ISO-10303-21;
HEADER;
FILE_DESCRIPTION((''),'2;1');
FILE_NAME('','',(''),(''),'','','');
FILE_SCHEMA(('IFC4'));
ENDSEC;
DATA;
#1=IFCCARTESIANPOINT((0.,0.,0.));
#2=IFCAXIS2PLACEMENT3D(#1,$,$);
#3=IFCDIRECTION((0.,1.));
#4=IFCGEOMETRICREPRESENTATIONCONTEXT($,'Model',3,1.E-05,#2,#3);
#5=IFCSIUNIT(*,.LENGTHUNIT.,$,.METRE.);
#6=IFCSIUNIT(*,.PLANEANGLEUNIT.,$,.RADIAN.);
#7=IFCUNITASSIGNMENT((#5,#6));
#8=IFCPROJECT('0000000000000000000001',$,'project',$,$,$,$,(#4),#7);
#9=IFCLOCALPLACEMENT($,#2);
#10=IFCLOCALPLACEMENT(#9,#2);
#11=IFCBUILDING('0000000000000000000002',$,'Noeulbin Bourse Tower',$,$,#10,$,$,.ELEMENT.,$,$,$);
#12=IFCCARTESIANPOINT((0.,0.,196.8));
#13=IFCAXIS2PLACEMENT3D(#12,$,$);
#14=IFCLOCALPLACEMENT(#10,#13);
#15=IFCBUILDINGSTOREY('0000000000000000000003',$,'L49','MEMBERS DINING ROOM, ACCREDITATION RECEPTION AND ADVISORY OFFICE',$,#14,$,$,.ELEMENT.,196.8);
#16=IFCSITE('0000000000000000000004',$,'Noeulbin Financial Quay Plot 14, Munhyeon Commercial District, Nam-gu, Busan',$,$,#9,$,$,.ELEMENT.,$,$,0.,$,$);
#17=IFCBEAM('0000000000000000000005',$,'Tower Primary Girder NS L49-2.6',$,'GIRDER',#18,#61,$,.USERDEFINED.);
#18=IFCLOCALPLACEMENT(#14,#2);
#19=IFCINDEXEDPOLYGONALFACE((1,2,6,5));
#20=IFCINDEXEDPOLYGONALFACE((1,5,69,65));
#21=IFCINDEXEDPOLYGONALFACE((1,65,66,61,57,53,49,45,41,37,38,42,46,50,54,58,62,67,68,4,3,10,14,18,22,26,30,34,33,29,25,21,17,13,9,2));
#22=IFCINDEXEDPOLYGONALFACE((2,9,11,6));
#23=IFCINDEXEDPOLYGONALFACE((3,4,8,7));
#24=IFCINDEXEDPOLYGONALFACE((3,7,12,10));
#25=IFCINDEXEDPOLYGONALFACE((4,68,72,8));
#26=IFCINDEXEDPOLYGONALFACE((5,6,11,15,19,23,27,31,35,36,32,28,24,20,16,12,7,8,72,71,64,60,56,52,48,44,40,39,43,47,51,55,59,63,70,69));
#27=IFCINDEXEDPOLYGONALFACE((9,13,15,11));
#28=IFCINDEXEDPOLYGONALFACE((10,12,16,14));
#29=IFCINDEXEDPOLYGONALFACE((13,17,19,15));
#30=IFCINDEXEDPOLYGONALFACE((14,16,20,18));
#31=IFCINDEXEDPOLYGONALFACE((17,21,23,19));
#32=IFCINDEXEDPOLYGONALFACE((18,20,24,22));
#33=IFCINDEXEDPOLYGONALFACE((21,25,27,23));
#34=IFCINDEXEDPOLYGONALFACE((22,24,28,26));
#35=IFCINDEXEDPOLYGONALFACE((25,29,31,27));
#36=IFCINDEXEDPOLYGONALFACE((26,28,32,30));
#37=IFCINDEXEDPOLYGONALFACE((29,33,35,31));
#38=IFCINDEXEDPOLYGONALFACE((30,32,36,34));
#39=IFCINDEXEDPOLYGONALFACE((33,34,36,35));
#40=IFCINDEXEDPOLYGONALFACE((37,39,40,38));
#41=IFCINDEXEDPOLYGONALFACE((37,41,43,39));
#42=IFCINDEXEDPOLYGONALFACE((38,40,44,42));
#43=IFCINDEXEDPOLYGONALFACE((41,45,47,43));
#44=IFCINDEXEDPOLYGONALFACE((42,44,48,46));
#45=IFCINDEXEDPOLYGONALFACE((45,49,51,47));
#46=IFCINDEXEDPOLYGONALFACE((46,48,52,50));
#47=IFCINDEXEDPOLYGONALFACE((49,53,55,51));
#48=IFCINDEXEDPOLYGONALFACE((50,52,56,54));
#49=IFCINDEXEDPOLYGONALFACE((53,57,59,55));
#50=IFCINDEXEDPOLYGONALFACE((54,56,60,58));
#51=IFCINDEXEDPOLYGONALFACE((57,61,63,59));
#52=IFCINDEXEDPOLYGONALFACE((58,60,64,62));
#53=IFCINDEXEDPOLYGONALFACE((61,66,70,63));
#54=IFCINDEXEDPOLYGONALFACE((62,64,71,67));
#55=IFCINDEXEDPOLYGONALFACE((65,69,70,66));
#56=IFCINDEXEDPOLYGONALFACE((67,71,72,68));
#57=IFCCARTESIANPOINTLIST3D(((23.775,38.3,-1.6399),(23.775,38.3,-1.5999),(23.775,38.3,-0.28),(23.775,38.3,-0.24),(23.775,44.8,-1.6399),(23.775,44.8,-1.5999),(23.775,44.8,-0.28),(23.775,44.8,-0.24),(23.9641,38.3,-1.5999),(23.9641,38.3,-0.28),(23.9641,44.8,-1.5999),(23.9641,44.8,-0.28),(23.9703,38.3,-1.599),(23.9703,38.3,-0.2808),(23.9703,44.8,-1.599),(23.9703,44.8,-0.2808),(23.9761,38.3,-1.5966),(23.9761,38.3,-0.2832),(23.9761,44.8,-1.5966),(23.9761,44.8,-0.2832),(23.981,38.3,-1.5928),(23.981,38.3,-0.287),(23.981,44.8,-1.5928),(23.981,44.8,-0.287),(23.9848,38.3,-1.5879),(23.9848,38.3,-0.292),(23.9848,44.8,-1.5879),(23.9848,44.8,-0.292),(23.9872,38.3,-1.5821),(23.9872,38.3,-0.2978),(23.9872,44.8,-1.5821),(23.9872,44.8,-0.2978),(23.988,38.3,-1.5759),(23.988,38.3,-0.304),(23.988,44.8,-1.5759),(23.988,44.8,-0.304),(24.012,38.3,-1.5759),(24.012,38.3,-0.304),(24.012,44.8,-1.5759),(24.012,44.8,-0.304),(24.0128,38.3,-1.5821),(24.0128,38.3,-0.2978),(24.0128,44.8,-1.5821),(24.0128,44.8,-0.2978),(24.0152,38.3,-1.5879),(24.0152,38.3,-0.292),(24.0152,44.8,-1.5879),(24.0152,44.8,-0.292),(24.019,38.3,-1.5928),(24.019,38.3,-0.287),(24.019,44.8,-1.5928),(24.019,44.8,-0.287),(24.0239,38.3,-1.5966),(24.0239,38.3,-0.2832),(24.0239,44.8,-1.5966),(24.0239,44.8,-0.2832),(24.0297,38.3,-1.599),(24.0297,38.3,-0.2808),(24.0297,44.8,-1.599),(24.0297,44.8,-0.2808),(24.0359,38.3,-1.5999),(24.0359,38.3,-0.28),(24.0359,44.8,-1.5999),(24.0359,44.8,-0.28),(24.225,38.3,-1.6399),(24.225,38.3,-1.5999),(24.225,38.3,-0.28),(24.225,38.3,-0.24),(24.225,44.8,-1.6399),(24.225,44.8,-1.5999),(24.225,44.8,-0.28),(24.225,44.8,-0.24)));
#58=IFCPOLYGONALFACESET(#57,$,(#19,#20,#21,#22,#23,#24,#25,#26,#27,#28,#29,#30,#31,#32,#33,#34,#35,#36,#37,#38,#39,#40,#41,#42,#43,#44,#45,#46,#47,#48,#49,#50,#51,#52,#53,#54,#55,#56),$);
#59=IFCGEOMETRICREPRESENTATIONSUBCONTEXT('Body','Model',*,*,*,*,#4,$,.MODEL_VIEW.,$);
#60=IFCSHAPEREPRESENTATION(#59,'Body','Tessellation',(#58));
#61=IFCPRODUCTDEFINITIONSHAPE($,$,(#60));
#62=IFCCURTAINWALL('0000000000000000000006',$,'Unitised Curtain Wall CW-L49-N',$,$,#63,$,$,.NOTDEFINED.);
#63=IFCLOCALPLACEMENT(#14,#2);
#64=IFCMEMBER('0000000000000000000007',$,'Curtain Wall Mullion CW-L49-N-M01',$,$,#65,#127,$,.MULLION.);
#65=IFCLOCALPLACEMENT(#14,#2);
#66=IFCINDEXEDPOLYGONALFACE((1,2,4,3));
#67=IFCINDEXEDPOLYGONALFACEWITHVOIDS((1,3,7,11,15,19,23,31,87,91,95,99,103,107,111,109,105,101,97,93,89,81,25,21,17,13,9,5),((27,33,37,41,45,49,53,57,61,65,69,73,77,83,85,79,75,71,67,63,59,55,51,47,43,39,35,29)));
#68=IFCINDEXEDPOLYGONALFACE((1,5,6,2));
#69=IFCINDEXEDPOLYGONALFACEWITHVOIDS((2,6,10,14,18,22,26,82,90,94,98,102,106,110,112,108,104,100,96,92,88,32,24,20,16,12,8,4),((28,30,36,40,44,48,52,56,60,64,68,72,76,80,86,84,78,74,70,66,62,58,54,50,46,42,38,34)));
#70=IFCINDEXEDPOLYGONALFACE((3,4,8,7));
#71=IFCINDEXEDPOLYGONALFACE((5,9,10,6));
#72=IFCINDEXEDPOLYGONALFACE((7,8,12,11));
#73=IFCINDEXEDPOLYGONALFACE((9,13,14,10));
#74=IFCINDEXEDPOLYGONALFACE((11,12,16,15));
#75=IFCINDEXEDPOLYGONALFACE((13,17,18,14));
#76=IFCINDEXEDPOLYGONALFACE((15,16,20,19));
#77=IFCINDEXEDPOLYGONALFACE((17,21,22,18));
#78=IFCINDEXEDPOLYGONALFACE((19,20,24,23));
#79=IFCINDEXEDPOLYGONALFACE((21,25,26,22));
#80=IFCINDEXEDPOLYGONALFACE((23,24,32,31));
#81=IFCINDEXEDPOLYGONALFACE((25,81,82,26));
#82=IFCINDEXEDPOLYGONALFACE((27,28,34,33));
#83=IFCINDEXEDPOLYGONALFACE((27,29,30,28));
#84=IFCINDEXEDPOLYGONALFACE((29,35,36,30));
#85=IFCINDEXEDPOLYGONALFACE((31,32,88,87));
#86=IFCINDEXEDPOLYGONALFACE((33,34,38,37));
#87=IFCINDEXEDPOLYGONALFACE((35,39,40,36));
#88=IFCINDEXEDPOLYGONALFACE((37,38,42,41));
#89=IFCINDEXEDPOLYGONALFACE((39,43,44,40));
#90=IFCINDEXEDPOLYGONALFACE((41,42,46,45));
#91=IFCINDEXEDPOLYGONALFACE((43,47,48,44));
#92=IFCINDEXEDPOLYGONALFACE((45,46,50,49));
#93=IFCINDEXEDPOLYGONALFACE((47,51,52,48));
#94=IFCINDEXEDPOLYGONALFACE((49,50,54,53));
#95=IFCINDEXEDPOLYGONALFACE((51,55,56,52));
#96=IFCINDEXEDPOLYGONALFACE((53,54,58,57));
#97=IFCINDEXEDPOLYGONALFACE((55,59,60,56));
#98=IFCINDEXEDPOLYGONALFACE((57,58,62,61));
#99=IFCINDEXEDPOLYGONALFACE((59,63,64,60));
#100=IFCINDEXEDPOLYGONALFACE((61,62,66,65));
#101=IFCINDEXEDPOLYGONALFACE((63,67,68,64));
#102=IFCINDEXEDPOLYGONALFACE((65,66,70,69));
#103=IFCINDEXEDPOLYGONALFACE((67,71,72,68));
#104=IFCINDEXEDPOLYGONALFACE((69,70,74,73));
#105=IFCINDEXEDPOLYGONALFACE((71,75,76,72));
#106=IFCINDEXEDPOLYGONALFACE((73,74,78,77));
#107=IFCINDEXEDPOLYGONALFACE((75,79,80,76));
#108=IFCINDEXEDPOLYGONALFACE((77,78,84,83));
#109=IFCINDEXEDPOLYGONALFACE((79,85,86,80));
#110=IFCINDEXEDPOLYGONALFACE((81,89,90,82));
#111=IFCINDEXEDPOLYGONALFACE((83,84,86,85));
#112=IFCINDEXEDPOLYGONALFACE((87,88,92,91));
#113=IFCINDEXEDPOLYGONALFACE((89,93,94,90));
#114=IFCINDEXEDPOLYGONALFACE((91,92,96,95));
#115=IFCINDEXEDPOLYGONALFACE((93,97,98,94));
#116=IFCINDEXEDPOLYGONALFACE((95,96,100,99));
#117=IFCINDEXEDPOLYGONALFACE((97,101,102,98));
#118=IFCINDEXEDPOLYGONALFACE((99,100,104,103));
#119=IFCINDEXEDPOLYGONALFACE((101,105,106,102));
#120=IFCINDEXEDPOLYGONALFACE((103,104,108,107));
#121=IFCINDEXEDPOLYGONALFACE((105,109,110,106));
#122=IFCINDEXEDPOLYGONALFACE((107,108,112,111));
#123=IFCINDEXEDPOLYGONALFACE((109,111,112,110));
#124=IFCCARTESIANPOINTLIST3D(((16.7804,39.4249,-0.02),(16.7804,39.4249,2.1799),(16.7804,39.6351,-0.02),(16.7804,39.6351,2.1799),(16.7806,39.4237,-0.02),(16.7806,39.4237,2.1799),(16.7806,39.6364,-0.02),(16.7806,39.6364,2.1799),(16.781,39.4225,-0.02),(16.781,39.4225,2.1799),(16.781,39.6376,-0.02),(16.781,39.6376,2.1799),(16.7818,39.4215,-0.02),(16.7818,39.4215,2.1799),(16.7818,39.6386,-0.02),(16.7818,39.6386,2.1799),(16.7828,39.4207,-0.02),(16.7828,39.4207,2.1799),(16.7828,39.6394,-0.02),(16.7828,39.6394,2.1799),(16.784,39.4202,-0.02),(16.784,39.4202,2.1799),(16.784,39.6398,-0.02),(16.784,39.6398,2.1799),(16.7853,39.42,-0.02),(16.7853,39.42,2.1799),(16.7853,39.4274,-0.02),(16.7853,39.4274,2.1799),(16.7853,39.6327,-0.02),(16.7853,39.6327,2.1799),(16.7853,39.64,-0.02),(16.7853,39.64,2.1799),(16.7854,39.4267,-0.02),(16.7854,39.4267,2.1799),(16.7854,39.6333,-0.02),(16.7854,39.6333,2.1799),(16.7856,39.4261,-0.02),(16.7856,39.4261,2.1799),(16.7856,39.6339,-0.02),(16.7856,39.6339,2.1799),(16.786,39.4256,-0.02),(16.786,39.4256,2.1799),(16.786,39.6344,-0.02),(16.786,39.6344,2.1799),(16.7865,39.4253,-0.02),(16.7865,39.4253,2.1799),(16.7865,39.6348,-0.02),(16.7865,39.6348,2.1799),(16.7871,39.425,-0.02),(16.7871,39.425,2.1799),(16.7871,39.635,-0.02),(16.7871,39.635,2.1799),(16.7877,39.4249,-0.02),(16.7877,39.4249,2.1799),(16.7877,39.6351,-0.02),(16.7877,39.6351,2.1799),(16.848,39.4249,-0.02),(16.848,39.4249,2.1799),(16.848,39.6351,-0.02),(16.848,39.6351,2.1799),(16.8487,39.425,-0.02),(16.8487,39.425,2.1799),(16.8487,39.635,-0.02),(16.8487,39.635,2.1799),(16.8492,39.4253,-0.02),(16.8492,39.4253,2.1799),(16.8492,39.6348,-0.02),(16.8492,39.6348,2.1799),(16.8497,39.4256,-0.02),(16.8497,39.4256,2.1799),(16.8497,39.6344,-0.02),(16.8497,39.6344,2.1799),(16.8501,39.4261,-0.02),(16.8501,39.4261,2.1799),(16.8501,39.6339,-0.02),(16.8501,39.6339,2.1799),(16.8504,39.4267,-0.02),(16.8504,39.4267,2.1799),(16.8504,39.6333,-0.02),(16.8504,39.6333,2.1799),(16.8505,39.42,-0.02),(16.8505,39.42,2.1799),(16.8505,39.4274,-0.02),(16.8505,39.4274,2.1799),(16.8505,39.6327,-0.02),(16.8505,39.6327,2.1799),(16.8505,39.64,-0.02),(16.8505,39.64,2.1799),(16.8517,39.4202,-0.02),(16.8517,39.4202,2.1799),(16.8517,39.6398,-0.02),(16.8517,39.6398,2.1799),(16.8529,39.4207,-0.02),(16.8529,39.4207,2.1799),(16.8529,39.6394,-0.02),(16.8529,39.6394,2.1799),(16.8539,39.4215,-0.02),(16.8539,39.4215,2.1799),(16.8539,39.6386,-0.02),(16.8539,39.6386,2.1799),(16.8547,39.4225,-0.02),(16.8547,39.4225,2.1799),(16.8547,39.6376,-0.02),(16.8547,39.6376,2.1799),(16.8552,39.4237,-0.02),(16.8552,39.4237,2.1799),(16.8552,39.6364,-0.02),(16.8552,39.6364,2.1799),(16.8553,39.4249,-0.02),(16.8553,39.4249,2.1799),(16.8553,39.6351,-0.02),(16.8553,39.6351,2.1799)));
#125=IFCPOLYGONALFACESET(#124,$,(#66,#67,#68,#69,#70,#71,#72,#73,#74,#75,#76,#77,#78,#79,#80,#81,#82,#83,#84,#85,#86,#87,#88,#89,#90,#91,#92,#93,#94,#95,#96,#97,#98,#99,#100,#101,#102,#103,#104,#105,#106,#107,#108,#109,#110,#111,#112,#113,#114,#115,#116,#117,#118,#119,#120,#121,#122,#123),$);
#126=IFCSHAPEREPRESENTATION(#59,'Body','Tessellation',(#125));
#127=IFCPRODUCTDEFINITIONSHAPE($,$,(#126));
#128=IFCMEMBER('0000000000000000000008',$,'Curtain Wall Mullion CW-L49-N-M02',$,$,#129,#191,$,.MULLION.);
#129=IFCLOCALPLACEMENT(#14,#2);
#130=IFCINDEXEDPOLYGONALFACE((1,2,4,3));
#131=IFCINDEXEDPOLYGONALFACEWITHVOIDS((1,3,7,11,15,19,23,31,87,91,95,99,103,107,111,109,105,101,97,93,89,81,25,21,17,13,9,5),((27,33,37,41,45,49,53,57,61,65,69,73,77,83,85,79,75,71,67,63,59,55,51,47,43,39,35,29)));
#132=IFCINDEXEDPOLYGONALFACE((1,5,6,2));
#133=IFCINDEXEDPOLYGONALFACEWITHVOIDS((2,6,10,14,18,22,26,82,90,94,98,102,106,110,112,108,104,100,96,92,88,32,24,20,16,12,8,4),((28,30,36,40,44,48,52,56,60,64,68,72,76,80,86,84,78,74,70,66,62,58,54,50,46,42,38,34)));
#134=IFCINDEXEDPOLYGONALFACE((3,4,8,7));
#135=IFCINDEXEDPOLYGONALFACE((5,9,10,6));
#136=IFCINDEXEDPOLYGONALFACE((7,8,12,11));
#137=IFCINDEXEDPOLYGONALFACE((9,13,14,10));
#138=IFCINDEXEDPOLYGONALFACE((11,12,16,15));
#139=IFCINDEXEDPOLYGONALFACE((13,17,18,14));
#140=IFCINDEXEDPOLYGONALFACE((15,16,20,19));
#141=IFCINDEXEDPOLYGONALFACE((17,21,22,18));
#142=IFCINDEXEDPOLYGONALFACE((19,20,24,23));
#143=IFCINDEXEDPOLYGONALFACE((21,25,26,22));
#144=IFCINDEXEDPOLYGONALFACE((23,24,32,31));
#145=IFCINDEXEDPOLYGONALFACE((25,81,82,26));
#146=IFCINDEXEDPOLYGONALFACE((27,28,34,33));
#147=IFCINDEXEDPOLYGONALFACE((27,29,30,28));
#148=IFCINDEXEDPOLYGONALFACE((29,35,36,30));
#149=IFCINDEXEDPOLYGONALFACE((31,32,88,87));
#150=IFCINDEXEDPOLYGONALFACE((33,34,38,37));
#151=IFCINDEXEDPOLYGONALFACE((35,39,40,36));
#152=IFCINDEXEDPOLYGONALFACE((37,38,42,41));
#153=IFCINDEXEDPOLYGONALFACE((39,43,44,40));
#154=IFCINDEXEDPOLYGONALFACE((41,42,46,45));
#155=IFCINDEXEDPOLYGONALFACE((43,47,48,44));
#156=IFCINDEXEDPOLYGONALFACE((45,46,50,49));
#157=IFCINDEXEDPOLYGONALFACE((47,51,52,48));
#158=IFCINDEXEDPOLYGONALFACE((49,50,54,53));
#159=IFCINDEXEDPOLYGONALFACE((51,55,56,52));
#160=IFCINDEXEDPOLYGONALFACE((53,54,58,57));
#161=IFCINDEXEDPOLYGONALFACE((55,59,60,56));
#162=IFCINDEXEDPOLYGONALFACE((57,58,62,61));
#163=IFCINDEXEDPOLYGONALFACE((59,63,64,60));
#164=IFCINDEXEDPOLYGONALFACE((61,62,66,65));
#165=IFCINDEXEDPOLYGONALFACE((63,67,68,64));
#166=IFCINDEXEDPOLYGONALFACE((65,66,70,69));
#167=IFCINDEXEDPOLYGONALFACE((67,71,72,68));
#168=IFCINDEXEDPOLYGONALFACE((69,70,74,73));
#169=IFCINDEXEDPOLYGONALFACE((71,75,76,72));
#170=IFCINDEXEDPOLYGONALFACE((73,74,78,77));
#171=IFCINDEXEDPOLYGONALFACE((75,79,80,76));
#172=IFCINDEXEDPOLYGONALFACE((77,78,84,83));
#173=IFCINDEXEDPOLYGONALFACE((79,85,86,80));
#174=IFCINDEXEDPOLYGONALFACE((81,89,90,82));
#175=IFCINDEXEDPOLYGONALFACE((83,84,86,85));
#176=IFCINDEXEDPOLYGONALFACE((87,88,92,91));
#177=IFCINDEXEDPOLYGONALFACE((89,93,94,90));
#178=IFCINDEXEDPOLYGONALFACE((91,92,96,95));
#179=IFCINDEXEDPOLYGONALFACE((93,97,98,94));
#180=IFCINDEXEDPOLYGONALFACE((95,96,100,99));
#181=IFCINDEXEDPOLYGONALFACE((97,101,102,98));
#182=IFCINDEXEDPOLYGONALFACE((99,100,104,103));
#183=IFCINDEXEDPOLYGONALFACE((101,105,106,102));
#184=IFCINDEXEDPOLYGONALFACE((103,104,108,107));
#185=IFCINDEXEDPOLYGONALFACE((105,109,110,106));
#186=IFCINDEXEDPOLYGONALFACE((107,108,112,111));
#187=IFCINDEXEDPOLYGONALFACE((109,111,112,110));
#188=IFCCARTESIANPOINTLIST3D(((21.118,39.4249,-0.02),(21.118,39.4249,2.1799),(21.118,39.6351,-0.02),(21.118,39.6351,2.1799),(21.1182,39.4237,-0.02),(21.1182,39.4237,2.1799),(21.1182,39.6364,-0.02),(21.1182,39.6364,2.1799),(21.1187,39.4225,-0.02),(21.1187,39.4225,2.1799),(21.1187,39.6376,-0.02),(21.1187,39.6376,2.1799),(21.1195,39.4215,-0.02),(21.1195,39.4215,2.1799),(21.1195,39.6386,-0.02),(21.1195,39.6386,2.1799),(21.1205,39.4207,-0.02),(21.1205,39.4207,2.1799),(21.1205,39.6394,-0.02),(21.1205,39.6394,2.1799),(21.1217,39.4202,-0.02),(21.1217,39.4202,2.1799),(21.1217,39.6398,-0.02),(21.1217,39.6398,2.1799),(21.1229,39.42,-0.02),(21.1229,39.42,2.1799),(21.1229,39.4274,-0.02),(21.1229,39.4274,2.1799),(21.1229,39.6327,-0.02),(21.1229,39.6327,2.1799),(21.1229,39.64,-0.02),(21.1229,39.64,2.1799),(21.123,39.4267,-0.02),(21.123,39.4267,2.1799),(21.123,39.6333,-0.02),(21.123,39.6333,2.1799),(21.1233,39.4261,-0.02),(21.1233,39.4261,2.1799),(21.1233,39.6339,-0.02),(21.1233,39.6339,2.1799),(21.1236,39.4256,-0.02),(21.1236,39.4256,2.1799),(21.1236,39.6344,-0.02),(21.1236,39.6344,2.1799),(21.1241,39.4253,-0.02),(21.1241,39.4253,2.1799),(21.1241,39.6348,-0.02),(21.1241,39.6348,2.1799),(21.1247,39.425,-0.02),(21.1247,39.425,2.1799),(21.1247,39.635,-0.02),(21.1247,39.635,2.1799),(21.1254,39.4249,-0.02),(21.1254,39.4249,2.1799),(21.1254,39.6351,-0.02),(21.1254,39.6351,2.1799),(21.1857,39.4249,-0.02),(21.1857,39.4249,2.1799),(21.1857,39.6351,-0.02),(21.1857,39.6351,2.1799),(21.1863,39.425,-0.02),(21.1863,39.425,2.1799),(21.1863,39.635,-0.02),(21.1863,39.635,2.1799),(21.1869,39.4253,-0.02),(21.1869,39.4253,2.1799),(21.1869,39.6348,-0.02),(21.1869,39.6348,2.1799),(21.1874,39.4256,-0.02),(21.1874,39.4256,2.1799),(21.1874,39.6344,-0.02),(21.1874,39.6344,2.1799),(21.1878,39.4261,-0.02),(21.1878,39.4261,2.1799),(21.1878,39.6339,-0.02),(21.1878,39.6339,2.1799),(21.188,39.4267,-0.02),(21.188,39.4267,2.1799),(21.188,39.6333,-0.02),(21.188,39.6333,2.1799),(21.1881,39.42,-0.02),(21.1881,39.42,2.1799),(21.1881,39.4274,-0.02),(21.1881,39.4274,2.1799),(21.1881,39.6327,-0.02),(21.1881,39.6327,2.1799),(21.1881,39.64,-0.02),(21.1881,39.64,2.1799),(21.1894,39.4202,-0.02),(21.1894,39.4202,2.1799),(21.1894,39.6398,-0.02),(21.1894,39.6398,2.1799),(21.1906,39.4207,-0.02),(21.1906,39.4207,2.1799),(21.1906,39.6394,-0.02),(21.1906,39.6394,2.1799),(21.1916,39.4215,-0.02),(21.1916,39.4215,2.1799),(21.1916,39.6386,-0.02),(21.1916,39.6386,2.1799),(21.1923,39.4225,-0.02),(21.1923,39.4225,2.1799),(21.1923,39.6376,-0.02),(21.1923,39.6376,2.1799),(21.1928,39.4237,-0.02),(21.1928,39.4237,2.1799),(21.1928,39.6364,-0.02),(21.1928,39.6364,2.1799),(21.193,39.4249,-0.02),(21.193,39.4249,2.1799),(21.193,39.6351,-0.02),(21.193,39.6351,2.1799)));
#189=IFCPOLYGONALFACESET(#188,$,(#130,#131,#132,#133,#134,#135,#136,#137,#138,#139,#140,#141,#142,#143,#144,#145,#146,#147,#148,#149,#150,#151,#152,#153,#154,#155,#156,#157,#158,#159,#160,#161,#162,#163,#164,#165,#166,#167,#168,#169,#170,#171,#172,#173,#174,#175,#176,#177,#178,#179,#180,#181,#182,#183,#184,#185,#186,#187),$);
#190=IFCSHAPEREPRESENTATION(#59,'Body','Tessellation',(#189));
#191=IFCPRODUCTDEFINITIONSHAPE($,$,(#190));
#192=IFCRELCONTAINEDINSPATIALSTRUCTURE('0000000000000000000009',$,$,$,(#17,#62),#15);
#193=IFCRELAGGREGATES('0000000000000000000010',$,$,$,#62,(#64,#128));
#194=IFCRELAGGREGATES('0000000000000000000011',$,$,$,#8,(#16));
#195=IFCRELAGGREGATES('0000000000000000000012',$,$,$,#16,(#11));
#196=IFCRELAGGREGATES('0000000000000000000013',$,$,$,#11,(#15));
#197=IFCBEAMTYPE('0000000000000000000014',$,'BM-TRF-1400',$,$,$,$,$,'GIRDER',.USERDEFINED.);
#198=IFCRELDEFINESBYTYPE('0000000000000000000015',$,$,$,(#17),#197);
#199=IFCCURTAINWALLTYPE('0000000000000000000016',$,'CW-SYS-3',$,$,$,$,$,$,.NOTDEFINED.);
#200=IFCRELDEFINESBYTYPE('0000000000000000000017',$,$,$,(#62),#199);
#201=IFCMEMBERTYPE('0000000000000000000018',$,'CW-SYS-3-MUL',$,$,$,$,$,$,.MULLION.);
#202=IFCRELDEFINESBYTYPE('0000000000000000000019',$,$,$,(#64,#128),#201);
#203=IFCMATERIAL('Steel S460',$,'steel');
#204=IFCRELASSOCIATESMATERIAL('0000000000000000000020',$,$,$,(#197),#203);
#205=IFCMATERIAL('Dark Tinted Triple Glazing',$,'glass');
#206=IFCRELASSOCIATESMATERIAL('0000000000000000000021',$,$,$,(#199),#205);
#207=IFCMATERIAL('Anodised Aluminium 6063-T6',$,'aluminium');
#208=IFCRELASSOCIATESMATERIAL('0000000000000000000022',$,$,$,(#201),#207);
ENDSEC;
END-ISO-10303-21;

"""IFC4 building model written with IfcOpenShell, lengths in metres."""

from ifc_helpers import new_model, si_unit, direction, frame, origin, origin_2d, place, context, subcontext, project, spatial, hollow_rectangle, i_section, extrude, material, material_profile, profile_set, type_object, element, aggregate, save


model = new_model("IFC4")

# Units and contexts
model_context = context("Model", 3, precision=1e-05, world=origin(), true_north=direction((0.0, 1.0)))
body_context = subcontext(model_context, "Body", "Model", "MODEL_VIEW")
ifc_project = project(units=[si_unit("LENGTHUNIT", "METRE"), si_unit("PLANEANGLEUNIT", "RADIAN")], contexts=[model_context])

# Site, building, storey
site_placement = place(None, origin())
site = spatial("IfcSite", under=ifc_project, at=site_placement, Name="Noeulbin Financial Quay Plot 14, Munhyeon Commercial District, Nam-gu, Busan", CompositionType="ELEMENT", RefElevation=0.0)
building_placement = place(site_placement, origin())
building = spatial("IfcBuilding", under=site, at=building_placement, Name="Noeulbin Bourse Tower", CompositionType="ELEMENT")
storey_placement = place(building_placement, frame((0.0, 0.0, 196.8)))
storey = spatial("IfcBuildingStorey", under=building, at=storey_placement, Name="L49", Description="MEMBERS DINING ROOM, ACCREDITATION RECEPTION AND ADVISORY OFFICE", CompositionType="ELEMENT", Elevation=196.8)

# Shared definitions
ifc_material_1 = material(Name="Steel S460", Category="steel")

# Beam
ifc_material_profile_1 = material_profile(ifc_material_1, i_section(OverallWidth=0.45, OverallDepth=1.3999, WebThickness=0.0239, FlangeThickness=0.04, FilletRadius=0.0239, at=origin_2d()), Name="PG-1400x450x24x40", Category="LoadBearing")
ifc_profile_set_1 = profile_set([ifc_material_profile_1], Name="Steel S460")
beam_type = type_object("IfcBeamType", Name="BM-TRF-1400", ElementType="GIRDER", PredefinedType="USERDEFINED", material=ifc_profile_set_1)
beam_1_placement = place(storey_placement, frame((24.0, 38.3, -0.9399), z_axis=(0.0, 1.0, 0.0), x_axis=(-1.0, 0.0, 0.0)))
element("IfcBeam", 1, at=beam_1_placement, inside=storey, type_object=beam_type, Name="Tower Primary Girder NS L49-2.6", ObjectType="GIRDER", PredefinedType="USERDEFINED", context=body_context, shape_type="SweptSolid", body=[
    extrude(i_section(OverallWidth=0.45, OverallDepth=1.3999, WebThickness=0.0239, FlangeThickness=0.04, FilletRadius=0.0239, at=origin_2d()), origin(), (0.0, 0.0, 1.0), 6.5),
])

# Curtain wall, members
ifc_material_2 = material(Name="Dark Tinted Triple Glazing", Category="glass")
curtain_wall_type = type_object("IfcCurtainWallType", Name="CW-SYS-3", PredefinedType="NOTDEFINED", material=ifc_material_2)
curtain_wall_placement = place(storey_placement, origin())
curtain_wall = element("IfcCurtainWall", 2, at=curtain_wall_placement, inside=storey, type_object=curtain_wall_type, Name="Unitised Curtain Wall CW-L49-N", PredefinedType="NOTDEFINED")
ifc_material_3 = material(Name="Anodised Aluminium 6063-T6", Category="aluminium")
ifc_material_profile_2 = material_profile(ifc_material_3, hollow_rectangle(XDim=0.075, YDim=0.22, WallThickness=0.0049, InnerFilletRadius=0.0024, OuterFilletRadius=0.0049, at=origin_2d()), Name="ALU-MULL-75x220x5", Category="LoadBearing")
ifc_profile_set_2 = profile_set([ifc_material_profile_2], Name="Anodised Aluminium 6063-T6")
member_type = type_object("IfcMemberType", Name="CW-SYS-3-MUL", PredefinedType="MULLION", material=ifc_profile_set_2)
member_1_placement = place(storey_placement, frame((16.8179, 39.53, -0.02), z_axis=(0.0, 0.0, 1.0), x_axis=(1.0, 0.0, 0.0)))
member_1 = element("IfcMember", 3, at=member_1_placement, type_object=member_type, Name="Curtain Wall Mullion CW-L49-N-M01", PredefinedType="MULLION", context=body_context, shape_type="SweptSolid", body=[
    extrude(hollow_rectangle(XDim=0.075, YDim=0.22, WallThickness=0.0049, InnerFilletRadius=0.0024, OuterFilletRadius=0.0049, at=origin_2d()), origin(), (0.0, 0.0, 1.0), 2.2),
])
member_2_placement = place(storey_placement, frame((21.1555, 39.53, -0.02), z_axis=(0.0, 0.0, 1.0), x_axis=(1.0, 0.0, 0.0)))
member_2 = element("IfcMember", 4, at=member_2_placement, type_object=member_type, Name="Curtain Wall Mullion CW-L49-N-M02", PredefinedType="MULLION", context=body_context, shape_type="SweptSolid", body=[
    extrude(hollow_rectangle(XDim=0.075, YDim=0.22, WallThickness=0.0049, InnerFilletRadius=0.0024, OuterFilletRadius=0.0049, at=origin_2d()), origin(), (0.0, 0.0, 1.0), 2.2),
])
aggregate(curtain_wall, [member_1, member_2])

save(model, "model.ifc")
